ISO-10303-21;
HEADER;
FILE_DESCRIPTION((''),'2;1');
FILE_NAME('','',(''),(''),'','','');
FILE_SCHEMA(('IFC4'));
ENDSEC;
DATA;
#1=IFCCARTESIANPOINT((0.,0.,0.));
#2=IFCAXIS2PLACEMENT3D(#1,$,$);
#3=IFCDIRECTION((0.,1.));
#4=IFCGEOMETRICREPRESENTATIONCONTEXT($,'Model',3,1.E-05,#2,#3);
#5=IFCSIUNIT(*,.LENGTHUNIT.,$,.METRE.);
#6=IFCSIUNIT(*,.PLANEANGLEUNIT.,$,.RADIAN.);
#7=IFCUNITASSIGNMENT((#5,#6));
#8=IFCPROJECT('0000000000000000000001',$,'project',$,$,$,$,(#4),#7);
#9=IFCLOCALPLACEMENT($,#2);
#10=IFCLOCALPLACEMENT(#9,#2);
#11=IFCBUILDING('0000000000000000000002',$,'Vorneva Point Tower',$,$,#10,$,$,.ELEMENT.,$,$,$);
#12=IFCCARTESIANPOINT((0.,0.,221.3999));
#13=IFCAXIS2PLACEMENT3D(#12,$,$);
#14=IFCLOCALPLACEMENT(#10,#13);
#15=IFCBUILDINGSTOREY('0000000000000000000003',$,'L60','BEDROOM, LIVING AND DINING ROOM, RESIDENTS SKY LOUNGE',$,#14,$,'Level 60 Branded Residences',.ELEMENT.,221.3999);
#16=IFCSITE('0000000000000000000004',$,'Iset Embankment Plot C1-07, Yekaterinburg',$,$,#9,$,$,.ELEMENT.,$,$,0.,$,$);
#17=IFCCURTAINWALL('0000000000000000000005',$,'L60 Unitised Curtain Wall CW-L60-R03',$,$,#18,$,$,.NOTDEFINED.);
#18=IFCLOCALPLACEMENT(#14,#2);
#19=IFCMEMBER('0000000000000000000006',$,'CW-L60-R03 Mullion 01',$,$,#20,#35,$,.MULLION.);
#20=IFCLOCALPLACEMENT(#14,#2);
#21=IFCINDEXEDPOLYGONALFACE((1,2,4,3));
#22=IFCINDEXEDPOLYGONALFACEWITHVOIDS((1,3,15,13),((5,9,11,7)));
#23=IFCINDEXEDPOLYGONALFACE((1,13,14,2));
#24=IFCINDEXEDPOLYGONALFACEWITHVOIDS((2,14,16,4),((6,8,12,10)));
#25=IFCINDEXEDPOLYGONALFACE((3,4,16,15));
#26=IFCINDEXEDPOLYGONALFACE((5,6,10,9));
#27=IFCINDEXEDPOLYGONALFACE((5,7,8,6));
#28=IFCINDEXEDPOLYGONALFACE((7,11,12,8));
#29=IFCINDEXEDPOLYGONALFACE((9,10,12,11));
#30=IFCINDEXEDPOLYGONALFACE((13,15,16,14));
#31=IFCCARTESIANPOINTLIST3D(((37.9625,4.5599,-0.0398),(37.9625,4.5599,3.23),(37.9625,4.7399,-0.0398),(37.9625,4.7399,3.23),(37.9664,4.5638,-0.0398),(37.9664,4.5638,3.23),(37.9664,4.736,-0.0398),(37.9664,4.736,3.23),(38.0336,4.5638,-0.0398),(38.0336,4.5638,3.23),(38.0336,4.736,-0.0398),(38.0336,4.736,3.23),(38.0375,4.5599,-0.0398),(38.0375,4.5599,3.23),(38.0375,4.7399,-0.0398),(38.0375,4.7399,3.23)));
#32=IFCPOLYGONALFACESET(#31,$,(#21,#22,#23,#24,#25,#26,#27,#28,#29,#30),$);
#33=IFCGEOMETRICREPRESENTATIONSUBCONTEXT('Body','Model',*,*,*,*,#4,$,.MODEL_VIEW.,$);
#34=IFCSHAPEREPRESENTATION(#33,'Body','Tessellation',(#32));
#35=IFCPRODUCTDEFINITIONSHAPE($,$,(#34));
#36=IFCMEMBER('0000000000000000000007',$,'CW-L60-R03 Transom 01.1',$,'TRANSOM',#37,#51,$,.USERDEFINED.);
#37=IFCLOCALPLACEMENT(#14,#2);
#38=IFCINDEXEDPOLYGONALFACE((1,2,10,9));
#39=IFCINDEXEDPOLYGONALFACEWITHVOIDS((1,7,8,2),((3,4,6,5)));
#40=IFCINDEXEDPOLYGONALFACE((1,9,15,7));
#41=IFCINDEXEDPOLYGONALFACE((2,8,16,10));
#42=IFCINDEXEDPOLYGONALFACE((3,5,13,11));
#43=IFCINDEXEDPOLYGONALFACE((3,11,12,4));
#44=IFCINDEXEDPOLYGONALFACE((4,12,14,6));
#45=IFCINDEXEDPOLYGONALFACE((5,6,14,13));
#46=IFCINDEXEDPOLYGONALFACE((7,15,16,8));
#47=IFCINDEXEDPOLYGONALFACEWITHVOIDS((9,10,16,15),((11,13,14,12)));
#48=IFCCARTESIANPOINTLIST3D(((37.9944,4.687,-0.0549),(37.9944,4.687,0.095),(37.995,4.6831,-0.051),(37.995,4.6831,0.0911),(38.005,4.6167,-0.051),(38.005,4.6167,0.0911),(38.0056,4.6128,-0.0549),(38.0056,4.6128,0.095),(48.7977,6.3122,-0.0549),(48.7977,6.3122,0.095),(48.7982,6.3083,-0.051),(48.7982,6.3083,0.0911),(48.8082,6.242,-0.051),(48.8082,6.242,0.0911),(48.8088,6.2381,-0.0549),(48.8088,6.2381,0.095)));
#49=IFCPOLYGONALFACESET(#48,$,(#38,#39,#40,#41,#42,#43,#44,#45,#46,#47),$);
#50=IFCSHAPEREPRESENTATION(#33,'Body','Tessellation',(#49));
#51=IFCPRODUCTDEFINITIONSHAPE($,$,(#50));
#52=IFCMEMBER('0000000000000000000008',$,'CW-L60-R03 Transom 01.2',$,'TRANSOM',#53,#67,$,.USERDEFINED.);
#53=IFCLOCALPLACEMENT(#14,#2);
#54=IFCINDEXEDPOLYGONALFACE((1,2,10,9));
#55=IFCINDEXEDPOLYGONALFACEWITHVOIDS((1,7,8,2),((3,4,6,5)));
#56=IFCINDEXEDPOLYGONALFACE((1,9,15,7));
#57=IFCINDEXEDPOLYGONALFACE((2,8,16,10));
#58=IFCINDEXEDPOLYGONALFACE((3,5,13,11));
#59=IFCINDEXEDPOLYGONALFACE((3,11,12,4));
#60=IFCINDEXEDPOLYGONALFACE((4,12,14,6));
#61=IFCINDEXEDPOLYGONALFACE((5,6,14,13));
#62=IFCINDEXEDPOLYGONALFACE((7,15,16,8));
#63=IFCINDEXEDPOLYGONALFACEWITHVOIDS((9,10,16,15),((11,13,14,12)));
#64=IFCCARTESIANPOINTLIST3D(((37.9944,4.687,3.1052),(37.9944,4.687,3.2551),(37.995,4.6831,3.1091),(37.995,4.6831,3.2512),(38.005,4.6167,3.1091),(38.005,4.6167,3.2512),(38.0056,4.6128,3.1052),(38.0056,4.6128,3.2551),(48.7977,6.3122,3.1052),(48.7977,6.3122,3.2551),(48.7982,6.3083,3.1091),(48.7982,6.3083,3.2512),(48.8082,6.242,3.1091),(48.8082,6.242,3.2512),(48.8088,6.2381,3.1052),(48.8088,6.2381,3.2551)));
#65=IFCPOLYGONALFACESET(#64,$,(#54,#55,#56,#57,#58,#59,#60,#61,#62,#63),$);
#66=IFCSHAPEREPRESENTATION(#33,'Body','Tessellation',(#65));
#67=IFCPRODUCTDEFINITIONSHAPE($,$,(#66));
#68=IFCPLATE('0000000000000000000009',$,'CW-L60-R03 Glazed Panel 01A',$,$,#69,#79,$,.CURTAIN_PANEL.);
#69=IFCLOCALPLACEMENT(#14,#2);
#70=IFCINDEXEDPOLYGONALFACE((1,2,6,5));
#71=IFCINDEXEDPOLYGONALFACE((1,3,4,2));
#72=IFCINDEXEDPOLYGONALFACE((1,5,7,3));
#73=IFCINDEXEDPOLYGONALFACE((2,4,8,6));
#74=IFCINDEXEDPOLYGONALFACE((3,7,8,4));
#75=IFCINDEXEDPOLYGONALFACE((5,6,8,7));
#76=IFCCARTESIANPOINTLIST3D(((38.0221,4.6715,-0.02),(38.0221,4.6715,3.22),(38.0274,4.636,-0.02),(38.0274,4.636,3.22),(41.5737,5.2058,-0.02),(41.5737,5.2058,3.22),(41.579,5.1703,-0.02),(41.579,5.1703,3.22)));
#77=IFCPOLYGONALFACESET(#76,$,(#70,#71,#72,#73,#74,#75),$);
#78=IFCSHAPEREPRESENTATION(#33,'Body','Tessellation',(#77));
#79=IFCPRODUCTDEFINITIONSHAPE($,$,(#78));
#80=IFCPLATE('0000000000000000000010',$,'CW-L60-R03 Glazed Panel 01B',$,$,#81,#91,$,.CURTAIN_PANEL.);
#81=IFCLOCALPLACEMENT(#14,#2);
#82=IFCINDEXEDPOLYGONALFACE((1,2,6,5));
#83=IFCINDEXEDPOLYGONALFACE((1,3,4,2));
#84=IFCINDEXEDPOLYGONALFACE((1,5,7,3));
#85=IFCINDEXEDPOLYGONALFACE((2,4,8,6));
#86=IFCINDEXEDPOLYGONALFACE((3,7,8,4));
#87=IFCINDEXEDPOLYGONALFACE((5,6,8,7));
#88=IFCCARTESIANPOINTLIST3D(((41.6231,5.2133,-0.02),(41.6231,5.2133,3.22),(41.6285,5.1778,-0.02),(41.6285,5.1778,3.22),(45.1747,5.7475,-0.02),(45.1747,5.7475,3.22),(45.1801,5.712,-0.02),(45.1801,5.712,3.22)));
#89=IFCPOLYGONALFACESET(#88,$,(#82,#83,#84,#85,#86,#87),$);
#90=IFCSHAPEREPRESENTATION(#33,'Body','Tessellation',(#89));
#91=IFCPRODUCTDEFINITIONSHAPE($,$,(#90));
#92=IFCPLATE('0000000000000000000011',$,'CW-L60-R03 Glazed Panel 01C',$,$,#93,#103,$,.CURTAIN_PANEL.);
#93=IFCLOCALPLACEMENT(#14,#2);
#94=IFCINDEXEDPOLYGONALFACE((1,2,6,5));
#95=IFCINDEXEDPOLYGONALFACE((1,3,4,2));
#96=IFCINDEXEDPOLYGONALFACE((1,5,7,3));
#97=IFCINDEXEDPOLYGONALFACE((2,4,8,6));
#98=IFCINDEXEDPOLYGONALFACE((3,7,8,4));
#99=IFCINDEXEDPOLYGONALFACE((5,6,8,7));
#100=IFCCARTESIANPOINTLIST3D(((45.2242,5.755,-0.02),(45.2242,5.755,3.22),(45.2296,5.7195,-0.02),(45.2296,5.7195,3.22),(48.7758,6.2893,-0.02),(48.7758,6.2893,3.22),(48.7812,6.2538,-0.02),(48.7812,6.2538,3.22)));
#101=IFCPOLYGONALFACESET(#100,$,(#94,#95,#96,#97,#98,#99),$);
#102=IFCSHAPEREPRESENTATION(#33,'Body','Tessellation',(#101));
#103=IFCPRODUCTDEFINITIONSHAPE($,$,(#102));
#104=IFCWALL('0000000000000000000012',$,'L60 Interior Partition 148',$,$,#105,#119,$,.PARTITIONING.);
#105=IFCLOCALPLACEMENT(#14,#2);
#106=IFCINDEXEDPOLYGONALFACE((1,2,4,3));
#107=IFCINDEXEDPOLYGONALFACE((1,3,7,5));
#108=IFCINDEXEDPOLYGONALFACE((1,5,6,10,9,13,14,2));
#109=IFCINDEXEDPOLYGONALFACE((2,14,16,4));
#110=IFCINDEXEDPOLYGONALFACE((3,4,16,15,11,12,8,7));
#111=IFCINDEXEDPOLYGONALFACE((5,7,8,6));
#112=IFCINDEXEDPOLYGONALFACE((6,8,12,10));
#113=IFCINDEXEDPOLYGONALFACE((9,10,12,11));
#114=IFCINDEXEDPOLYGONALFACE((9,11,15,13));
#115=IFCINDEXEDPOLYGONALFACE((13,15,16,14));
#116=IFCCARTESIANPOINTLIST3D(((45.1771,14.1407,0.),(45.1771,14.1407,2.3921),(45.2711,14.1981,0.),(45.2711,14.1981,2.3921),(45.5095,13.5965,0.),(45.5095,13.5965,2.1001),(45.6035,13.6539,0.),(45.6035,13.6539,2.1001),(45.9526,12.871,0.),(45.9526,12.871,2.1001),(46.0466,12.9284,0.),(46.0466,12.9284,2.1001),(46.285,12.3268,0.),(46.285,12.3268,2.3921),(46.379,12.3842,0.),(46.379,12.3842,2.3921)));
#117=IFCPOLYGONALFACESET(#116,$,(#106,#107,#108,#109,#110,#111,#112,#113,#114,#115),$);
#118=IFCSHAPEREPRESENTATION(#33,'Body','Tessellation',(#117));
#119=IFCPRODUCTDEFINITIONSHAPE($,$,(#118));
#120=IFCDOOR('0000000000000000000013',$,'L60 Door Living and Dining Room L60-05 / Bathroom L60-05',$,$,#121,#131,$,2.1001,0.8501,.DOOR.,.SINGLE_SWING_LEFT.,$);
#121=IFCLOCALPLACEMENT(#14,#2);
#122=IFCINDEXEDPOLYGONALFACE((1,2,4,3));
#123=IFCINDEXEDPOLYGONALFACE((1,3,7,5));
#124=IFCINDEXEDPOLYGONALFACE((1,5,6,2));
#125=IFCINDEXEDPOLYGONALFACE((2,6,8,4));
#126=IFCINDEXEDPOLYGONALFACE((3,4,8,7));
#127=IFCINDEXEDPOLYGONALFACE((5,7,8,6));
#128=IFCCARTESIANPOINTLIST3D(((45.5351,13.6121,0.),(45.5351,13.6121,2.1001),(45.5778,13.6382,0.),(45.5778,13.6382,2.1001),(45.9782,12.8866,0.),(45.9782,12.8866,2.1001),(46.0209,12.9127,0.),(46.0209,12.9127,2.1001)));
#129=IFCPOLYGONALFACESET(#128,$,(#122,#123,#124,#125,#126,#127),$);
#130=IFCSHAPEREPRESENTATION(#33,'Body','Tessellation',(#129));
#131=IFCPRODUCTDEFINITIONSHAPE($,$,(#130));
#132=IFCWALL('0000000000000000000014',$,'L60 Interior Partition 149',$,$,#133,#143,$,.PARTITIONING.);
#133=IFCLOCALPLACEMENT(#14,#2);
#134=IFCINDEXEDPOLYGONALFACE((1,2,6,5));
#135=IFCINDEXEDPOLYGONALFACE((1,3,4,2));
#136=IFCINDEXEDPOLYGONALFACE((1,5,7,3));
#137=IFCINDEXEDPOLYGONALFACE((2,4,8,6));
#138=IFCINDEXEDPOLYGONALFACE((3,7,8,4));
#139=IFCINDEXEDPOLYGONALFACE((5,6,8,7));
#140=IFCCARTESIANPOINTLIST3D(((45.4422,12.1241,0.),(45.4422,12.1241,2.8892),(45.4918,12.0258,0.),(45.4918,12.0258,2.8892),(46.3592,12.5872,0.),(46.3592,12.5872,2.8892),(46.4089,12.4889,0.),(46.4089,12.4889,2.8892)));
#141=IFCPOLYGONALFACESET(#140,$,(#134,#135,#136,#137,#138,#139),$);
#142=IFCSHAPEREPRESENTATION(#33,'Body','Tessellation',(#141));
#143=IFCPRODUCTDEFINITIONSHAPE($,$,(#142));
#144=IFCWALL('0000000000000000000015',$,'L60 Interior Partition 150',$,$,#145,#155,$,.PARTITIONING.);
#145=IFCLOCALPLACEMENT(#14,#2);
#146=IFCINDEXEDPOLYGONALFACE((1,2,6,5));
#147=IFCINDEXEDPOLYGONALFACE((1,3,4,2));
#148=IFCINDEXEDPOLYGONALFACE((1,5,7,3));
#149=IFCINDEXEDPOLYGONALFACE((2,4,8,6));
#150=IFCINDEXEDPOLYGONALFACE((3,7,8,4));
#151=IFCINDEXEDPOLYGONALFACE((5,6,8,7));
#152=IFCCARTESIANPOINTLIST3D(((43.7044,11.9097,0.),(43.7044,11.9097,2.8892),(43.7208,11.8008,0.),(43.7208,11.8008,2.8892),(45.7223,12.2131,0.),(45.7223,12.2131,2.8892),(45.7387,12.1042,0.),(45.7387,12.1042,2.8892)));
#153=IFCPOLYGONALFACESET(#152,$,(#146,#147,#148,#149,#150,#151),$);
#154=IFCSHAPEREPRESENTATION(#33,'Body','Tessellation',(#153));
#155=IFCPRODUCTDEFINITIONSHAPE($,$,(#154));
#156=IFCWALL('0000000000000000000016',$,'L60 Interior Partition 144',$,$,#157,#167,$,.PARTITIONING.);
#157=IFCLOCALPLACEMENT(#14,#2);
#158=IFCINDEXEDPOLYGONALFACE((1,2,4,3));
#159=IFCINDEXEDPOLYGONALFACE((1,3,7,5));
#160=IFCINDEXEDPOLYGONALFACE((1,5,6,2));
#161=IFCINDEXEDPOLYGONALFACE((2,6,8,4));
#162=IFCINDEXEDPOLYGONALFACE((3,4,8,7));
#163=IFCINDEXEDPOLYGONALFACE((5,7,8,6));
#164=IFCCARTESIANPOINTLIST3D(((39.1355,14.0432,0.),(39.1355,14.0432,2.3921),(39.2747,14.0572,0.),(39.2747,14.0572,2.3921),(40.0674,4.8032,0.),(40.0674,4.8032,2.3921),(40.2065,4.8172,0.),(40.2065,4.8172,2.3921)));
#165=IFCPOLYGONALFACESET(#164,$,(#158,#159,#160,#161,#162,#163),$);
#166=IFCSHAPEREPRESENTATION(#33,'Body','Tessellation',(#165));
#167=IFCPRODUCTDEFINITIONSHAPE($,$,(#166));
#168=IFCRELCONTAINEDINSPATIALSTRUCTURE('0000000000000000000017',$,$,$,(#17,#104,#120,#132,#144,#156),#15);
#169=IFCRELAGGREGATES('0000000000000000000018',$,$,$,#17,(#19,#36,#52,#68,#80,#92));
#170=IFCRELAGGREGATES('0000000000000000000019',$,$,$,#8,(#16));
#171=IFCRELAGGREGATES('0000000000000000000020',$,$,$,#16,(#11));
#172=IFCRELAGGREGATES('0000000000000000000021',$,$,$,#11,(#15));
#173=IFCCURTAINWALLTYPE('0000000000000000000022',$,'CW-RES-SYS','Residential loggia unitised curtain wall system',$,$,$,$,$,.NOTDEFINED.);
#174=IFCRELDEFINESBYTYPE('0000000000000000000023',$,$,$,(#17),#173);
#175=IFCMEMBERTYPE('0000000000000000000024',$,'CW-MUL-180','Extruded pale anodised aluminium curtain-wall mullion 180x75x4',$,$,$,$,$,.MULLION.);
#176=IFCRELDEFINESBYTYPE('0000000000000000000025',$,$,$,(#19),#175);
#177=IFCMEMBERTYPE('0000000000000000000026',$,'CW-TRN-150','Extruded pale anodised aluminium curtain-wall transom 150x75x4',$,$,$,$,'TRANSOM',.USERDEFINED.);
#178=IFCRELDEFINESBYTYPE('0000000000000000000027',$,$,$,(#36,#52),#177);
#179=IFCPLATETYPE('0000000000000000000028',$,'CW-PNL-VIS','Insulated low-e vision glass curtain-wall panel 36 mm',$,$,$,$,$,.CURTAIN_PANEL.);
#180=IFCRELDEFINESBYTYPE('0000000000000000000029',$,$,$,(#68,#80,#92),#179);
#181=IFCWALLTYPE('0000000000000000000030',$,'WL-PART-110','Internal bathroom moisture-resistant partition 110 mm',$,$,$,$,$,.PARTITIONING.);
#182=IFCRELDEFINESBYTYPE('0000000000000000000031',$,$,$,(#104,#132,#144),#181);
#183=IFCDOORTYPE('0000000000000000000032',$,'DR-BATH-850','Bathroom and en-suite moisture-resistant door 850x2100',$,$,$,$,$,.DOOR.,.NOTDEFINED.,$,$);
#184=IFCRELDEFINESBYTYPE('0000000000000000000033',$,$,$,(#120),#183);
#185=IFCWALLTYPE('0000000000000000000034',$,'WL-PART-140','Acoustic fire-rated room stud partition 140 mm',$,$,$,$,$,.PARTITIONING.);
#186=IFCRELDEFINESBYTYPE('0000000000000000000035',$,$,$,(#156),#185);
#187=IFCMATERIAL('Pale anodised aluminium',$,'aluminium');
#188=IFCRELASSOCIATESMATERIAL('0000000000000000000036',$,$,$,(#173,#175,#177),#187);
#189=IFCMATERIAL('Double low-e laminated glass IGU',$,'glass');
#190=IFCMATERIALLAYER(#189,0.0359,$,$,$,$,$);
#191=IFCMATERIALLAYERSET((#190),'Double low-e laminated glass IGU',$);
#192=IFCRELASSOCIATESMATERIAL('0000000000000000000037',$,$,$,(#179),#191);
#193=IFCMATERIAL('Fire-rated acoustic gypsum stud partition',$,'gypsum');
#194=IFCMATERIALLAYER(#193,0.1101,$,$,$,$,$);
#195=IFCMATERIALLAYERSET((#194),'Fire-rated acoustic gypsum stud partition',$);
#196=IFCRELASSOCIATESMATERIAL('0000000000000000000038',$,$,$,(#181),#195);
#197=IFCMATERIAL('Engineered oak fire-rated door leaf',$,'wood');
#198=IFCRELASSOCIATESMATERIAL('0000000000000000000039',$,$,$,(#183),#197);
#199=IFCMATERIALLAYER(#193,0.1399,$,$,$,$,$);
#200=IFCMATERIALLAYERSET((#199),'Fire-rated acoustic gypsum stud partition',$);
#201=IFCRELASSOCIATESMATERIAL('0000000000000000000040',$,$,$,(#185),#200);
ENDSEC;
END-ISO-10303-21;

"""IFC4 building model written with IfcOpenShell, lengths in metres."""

from ifc_helpers import new_model, si_unit, direction, frame, frame_2d, origin, origin_2d, place, context, subcontext, project, spatial, rectangle, hollow_rectangle, extrude, material, layer, layer_set, material_profile, profile_set, type_object, element, fill, aggregate, save


model = new_model("IFC4")

# Units and contexts
model_context = context("Model", 3, precision=1e-05, world=origin(), true_north=direction((0.0, 1.0)))
body_context = subcontext(model_context, "Body", "Model", "MODEL_VIEW")
ifc_project = project(units=[si_unit("LENGTHUNIT", "METRE"), si_unit("PLANEANGLEUNIT", "RADIAN")], contexts=[model_context])

# Site, building, storey
site_placement = place(None, origin())
site = spatial("IfcSite", under=ifc_project, at=site_placement, Name="Iset Embankment Plot C1-07, Yekaterinburg", CompositionType="ELEMENT", RefElevation=0.0)
building_placement = place(site_placement, origin())
building = spatial("IfcBuilding", under=site, at=building_placement, Name="Vorneva Point Tower", CompositionType="ELEMENT")
storey_placement = place(building_placement, frame((0.0, 0.0, 221.3999)))
storey = spatial("IfcBuildingStorey", under=building, at=storey_placement, Name="L60", Description="BEDROOM, LIVING AND DINING ROOM, RESIDENTS SKY LOUNGE", LongName="Level 60 Branded Residences", CompositionType="ELEMENT", Elevation=221.3999)

# Curtain wall, members, plates
ifc_material_1 = material(Name="Pale anodised aluminium", Category="aluminium")
curtain_wall_type = type_object("IfcCurtainWallType", Name="CW-RES-SYS", Description="Residential loggia unitised curtain wall system", PredefinedType="NOTDEFINED", material=ifc_material_1)
curtain_wall_placement = place(storey_placement, origin())
curtain_wall = element("IfcCurtainWall", 1, at=curtain_wall_placement, inside=storey, type_object=curtain_wall_type, Name="L60 Unitised Curtain Wall CW-L60-R03", PredefinedType="NOTDEFINED")
ifc_material_profile_1 = material_profile(ifc_material_1, hollow_rectangle(XDim=0.075, YDim=0.1799, WallThickness=0.0039, at=origin_2d()), Name="AL-MUL 180x75x4")
ifc_profile_set_1 = profile_set([ifc_material_profile_1], Name="Pale anodised aluminium")
member_type_1 = type_object("IfcMemberType", Name="CW-MUL-180", Description="Extruded pale anodised aluminium curtain-wall mullion 180x75x4", PredefinedType="MULLION", material=ifc_profile_set_1)
member_1_placement = place(storey_placement, frame((38.0, 4.6499, -0.0398), z_axis=(0.0, 0.0, 1.0), x_axis=(1.0, 0.0, 0.0)))
member_1 = element("IfcMember", 2, at=member_1_placement, type_object=member_type_1, Name="CW-L60-R03 Mullion 01", PredefinedType="MULLION", context=body_context, shape_type="SweptSolid", body=[
    extrude(hollow_rectangle(XDim=0.075, YDim=0.1799, WallThickness=0.0039, at=origin_2d()), origin(), (0.0, 0.0, 1.0), 3.2698),
])
ifc_material_profile_2 = material_profile(ifc_material_1, hollow_rectangle(XDim=0.075, YDim=0.1499, WallThickness=0.0039, at=origin_2d()), Name="AL-TRN 150x75x4")
ifc_profile_set_2 = profile_set([ifc_material_profile_2], Name="Pale anodised aluminium")
member_type_2 = type_object("IfcMemberType", Name="CW-TRN-150", Description="Extruded pale anodised aluminium curtain-wall transom 150x75x4", ElementType="TRANSOM", PredefinedType="USERDEFINED", material=ifc_profile_set_2)
member_2_placement = place(storey_placement, frame((38.0, 4.6499, 0.02), z_axis=(0.988872, 0.148767, 0.0), x_axis=(-0.148767, 0.988872, 0.0)))
member_2 = element("IfcMember", 3, at=member_2_placement, type_object=member_type_2, Name="CW-L60-R03 Transom 01.1", ObjectType="TRANSOM", PredefinedType="USERDEFINED", context=body_context, shape_type="SweptSolid", body=[
    extrude(hollow_rectangle(XDim=0.075, YDim=0.1499, WallThickness=0.0039, at=origin_2d()), origin(), (0.0, 0.0, 1.0), 10.9248),
])
member_3_placement = place(storey_placement, frame((38.0, 4.6499, 3.1802), z_axis=(0.988872, 0.148767, 0.0), x_axis=(-0.148767, 0.988872, 0.0)))
member_3 = element("IfcMember", 4, at=member_3_placement, type_object=member_type_2, Name="CW-L60-R03 Transom 01.2", ObjectType="TRANSOM", PredefinedType="USERDEFINED", context=body_context, shape_type="SweptSolid", body=[
    extrude(hollow_rectangle(XDim=0.075, YDim=0.1499, WallThickness=0.0039, at=origin_2d()), origin(), (0.0, 0.0, 1.0), 10.9248),
])
ifc_material_2 = material(Name="Double low-e laminated glass IGU", Category="glass")
ifc_layer_1 = layer(ifc_material_2, 0.0359)
ifc_layer_set_1 = layer_set([ifc_layer_1], Name="Double low-e laminated glass IGU")
plate_type = type_object("IfcPlateType", Name="CW-PNL-VIS", Description="Insulated low-e vision glass curtain-wall panel 36 mm", PredefinedType="CURTAIN_PANEL", material=ifc_layer_set_1)
plate_1_placement = place(storey_placement, frame((39.8005, 4.9209, -0.02), z_axis=(0.0, 0.0, 1.0), x_axis=(0.988874, 0.148759, 0.0)))
plate_1 = element("IfcPlate", 5, at=plate_1_placement, type_object=plate_type, Name="CW-L60-R03 Glazed Panel 01A", PredefinedType="CURTAIN_PANEL", context=body_context, shape_type="SweptSolid", body=[
    extrude(rectangle(XDim=3.5916, YDim=0.0359, at=origin_2d()), origin(), (0.0, 0.0, 1.0), 3.24),
])
plate_2_placement = place(storey_placement, frame((43.4016, 5.4626, -0.02), z_axis=(0.0, 0.0, 1.0), x_axis=(0.988874, 0.148759, 0.0)))
plate_2 = element("IfcPlate", 6, at=plate_2_placement, type_object=plate_type, Name="CW-L60-R03 Glazed Panel 01B", PredefinedType="CURTAIN_PANEL", context=body_context, shape_type="SweptSolid", body=[
    extrude(rectangle(XDim=3.5916, YDim=0.0359, at=origin_2d()), origin(), (0.0, 0.0, 1.0), 3.24),
])
plate_3_placement = place(storey_placement, frame((47.0027, 6.0044, -0.02), z_axis=(0.0, 0.0, 1.0), x_axis=(0.988874, 0.148759, 0.0)))
plate_3 = element("IfcPlate", 7, at=plate_3_placement, type_object=plate_type, Name="CW-L60-R03 Glazed Panel 01C", PredefinedType="CURTAIN_PANEL", context=body_context, shape_type="SweptSolid", body=[
    extrude(rectangle(XDim=3.5916, YDim=0.0359, at=origin_2d()), origin(), (0.0, 0.0, 1.0), 3.24),
])
aggregate(curtain_wall, [member_1, member_2, member_3, plate_1, plate_2, plate_3])

# Wall, opening, door
ifc_material_3 = material(Name="Fire-rated acoustic gypsum stud partition", Category="gypsum")
ifc_layer_2 = layer(ifc_material_3, 0.1101)
ifc_layer_set_2 = layer_set([ifc_layer_2], Name="Fire-rated acoustic gypsum stud partition")
wall_type_1 = type_object("IfcWallType", Name="WL-PART-110", Description="Internal bathroom moisture-resistant partition 110 mm", PredefinedType="PARTITIONING", material=ifc_layer_set_2)
wall_1_placement = place(storey_placement, frame((45.2241, 14.1694, 0.0), z_axis=(0.0, 0.0, 1.0), x_axis=(0.521236, -0.853412, 0.0)))
wall_1 = element("IfcWall", 8, at=wall_1_placement, inside=storey, type_object=wall_type_1, Name="L60 Interior Partition 148", PredefinedType="PARTITIONING", context=body_context, shape_type="SweptSolid", body=[
    extrude(rectangle(XDim=2.1255, YDim=0.1101, at=frame_2d((1.0627, 0.0))), origin(), (0.0, 0.0, 1.0), 2.3921),
])
opening_1_placement = place(wall_1_placement, frame((0.6377, 0.0, 0.0)))
opening_1 = element("IfcOpeningElement", 9, at=opening_1_placement, cuts=wall_1, PredefinedType="OPENING", context=body_context, shape_type="SweptSolid", body=[
    extrude(rectangle(XDim=0.8501, YDim=2.1001, at=frame_2d((0.425, 1.05))), frame((0.0, 0.0698, 0.0), z_axis=(0.0, -1.0, 0.0), x_axis=(1.0, 0.0, 0.0)), (0.0, 0.0, 1.0), 0.1399),
])
ifc_material_4 = material(Name="Engineered oak fire-rated door leaf", Category="wood")
door_type_1 = type_object("IfcDoorType", Name="DR-BATH-850", Description="Bathroom and en-suite moisture-resistant door 850x2100", OperationType="NOTDEFINED", PredefinedType="DOOR", material=ifc_material_4)
door_1_placement = place(opening_1_placement, origin())
door_1 = element("IfcDoor", 10, at=door_1_placement, inside=storey, type_object=door_type_1, Name="L60 Door Living and Dining Room L60-05 / Bathroom L60-05", OperationType="SINGLE_SWING_LEFT", OverallHeight=2.1001, OverallWidth=0.8501, PredefinedType="DOOR", context=body_context, shape_type="SweptSolid", body=[
    extrude(rectangle(XDim=0.8501, YDim=2.1001, at=frame_2d((0.425, 1.05))), frame((0.0, 0.0249, 0.0), z_axis=(0.0, -1.0, 0.0), x_axis=(1.0, 0.0, 0.0)), (0.0, 0.0, 1.0), 0.05),
])
fill(opening_1, door_1)

# Walls
wall_2_placement = place(storey_placement, frame((46.384, 12.5381, 0.0), z_axis=(0.0, 0.0, 1.0), x_axis=(-0.892614, -0.450822, 0.0)))
element("IfcWall", 11, at=wall_2_placement, inside=storey, type_object=wall_type_1, Name="L60 Interior Partition 149", PredefinedType="PARTITIONING", context=body_context, shape_type="SweptSolid", body=[
    extrude(rectangle(XDim=1.0273, YDim=0.1101, at=frame_2d((0.5137, 0.0))), origin(), (0.0, 0.0, 1.0), 2.8892),
])
wall_3_placement = place(storey_placement, frame((45.7305, 12.1587, 0.0), z_axis=(0.0, 0.0, 1.0), x_axis=(-0.988879, -0.148721, 0.0)))
element("IfcWall", 12, at=wall_3_placement, inside=storey, type_object=wall_type_1, Name="L60 Interior Partition 150", PredefinedType="PARTITIONING", context=body_context, shape_type="SweptSolid", body=[
    extrude(rectangle(XDim=2.0405, YDim=0.1101, at=frame_2d((1.0203, 0.0))), origin(), (0.0, 0.0, 1.0), 2.8892),
])
ifc_layer_3 = layer(ifc_material_3, 0.1399)
ifc_layer_set_3 = layer_set([ifc_layer_3], Name="Fire-rated acoustic gypsum stud partition")
wall_type_2 = type_object("IfcWallType", Name="WL-PART-140", Description="Acoustic fire-rated room stud partition 140 mm", PredefinedType="PARTITIONING", material=ifc_layer_set_3)
wall_4_placement = place(storey_placement, frame((40.137, 4.8101, 0.0), z_axis=(0.0, 0.0, 1.0), x_axis=(-0.100344, 0.994953, 0.0)))
element("IfcWall", 13, at=wall_4_placement, inside=storey, type_object=wall_type_2, Name="L60 Interior Partition 144", PredefinedType="PARTITIONING", context=body_context, shape_type="SweptSolid", body=[
    extrude(rectangle(XDim=9.2869, YDim=0.1399, at=frame_2d((4.6436, 0.0))), origin(), (0.0, 0.0, 1.0), 2.3921),
])

save(model, "model.ifc")
